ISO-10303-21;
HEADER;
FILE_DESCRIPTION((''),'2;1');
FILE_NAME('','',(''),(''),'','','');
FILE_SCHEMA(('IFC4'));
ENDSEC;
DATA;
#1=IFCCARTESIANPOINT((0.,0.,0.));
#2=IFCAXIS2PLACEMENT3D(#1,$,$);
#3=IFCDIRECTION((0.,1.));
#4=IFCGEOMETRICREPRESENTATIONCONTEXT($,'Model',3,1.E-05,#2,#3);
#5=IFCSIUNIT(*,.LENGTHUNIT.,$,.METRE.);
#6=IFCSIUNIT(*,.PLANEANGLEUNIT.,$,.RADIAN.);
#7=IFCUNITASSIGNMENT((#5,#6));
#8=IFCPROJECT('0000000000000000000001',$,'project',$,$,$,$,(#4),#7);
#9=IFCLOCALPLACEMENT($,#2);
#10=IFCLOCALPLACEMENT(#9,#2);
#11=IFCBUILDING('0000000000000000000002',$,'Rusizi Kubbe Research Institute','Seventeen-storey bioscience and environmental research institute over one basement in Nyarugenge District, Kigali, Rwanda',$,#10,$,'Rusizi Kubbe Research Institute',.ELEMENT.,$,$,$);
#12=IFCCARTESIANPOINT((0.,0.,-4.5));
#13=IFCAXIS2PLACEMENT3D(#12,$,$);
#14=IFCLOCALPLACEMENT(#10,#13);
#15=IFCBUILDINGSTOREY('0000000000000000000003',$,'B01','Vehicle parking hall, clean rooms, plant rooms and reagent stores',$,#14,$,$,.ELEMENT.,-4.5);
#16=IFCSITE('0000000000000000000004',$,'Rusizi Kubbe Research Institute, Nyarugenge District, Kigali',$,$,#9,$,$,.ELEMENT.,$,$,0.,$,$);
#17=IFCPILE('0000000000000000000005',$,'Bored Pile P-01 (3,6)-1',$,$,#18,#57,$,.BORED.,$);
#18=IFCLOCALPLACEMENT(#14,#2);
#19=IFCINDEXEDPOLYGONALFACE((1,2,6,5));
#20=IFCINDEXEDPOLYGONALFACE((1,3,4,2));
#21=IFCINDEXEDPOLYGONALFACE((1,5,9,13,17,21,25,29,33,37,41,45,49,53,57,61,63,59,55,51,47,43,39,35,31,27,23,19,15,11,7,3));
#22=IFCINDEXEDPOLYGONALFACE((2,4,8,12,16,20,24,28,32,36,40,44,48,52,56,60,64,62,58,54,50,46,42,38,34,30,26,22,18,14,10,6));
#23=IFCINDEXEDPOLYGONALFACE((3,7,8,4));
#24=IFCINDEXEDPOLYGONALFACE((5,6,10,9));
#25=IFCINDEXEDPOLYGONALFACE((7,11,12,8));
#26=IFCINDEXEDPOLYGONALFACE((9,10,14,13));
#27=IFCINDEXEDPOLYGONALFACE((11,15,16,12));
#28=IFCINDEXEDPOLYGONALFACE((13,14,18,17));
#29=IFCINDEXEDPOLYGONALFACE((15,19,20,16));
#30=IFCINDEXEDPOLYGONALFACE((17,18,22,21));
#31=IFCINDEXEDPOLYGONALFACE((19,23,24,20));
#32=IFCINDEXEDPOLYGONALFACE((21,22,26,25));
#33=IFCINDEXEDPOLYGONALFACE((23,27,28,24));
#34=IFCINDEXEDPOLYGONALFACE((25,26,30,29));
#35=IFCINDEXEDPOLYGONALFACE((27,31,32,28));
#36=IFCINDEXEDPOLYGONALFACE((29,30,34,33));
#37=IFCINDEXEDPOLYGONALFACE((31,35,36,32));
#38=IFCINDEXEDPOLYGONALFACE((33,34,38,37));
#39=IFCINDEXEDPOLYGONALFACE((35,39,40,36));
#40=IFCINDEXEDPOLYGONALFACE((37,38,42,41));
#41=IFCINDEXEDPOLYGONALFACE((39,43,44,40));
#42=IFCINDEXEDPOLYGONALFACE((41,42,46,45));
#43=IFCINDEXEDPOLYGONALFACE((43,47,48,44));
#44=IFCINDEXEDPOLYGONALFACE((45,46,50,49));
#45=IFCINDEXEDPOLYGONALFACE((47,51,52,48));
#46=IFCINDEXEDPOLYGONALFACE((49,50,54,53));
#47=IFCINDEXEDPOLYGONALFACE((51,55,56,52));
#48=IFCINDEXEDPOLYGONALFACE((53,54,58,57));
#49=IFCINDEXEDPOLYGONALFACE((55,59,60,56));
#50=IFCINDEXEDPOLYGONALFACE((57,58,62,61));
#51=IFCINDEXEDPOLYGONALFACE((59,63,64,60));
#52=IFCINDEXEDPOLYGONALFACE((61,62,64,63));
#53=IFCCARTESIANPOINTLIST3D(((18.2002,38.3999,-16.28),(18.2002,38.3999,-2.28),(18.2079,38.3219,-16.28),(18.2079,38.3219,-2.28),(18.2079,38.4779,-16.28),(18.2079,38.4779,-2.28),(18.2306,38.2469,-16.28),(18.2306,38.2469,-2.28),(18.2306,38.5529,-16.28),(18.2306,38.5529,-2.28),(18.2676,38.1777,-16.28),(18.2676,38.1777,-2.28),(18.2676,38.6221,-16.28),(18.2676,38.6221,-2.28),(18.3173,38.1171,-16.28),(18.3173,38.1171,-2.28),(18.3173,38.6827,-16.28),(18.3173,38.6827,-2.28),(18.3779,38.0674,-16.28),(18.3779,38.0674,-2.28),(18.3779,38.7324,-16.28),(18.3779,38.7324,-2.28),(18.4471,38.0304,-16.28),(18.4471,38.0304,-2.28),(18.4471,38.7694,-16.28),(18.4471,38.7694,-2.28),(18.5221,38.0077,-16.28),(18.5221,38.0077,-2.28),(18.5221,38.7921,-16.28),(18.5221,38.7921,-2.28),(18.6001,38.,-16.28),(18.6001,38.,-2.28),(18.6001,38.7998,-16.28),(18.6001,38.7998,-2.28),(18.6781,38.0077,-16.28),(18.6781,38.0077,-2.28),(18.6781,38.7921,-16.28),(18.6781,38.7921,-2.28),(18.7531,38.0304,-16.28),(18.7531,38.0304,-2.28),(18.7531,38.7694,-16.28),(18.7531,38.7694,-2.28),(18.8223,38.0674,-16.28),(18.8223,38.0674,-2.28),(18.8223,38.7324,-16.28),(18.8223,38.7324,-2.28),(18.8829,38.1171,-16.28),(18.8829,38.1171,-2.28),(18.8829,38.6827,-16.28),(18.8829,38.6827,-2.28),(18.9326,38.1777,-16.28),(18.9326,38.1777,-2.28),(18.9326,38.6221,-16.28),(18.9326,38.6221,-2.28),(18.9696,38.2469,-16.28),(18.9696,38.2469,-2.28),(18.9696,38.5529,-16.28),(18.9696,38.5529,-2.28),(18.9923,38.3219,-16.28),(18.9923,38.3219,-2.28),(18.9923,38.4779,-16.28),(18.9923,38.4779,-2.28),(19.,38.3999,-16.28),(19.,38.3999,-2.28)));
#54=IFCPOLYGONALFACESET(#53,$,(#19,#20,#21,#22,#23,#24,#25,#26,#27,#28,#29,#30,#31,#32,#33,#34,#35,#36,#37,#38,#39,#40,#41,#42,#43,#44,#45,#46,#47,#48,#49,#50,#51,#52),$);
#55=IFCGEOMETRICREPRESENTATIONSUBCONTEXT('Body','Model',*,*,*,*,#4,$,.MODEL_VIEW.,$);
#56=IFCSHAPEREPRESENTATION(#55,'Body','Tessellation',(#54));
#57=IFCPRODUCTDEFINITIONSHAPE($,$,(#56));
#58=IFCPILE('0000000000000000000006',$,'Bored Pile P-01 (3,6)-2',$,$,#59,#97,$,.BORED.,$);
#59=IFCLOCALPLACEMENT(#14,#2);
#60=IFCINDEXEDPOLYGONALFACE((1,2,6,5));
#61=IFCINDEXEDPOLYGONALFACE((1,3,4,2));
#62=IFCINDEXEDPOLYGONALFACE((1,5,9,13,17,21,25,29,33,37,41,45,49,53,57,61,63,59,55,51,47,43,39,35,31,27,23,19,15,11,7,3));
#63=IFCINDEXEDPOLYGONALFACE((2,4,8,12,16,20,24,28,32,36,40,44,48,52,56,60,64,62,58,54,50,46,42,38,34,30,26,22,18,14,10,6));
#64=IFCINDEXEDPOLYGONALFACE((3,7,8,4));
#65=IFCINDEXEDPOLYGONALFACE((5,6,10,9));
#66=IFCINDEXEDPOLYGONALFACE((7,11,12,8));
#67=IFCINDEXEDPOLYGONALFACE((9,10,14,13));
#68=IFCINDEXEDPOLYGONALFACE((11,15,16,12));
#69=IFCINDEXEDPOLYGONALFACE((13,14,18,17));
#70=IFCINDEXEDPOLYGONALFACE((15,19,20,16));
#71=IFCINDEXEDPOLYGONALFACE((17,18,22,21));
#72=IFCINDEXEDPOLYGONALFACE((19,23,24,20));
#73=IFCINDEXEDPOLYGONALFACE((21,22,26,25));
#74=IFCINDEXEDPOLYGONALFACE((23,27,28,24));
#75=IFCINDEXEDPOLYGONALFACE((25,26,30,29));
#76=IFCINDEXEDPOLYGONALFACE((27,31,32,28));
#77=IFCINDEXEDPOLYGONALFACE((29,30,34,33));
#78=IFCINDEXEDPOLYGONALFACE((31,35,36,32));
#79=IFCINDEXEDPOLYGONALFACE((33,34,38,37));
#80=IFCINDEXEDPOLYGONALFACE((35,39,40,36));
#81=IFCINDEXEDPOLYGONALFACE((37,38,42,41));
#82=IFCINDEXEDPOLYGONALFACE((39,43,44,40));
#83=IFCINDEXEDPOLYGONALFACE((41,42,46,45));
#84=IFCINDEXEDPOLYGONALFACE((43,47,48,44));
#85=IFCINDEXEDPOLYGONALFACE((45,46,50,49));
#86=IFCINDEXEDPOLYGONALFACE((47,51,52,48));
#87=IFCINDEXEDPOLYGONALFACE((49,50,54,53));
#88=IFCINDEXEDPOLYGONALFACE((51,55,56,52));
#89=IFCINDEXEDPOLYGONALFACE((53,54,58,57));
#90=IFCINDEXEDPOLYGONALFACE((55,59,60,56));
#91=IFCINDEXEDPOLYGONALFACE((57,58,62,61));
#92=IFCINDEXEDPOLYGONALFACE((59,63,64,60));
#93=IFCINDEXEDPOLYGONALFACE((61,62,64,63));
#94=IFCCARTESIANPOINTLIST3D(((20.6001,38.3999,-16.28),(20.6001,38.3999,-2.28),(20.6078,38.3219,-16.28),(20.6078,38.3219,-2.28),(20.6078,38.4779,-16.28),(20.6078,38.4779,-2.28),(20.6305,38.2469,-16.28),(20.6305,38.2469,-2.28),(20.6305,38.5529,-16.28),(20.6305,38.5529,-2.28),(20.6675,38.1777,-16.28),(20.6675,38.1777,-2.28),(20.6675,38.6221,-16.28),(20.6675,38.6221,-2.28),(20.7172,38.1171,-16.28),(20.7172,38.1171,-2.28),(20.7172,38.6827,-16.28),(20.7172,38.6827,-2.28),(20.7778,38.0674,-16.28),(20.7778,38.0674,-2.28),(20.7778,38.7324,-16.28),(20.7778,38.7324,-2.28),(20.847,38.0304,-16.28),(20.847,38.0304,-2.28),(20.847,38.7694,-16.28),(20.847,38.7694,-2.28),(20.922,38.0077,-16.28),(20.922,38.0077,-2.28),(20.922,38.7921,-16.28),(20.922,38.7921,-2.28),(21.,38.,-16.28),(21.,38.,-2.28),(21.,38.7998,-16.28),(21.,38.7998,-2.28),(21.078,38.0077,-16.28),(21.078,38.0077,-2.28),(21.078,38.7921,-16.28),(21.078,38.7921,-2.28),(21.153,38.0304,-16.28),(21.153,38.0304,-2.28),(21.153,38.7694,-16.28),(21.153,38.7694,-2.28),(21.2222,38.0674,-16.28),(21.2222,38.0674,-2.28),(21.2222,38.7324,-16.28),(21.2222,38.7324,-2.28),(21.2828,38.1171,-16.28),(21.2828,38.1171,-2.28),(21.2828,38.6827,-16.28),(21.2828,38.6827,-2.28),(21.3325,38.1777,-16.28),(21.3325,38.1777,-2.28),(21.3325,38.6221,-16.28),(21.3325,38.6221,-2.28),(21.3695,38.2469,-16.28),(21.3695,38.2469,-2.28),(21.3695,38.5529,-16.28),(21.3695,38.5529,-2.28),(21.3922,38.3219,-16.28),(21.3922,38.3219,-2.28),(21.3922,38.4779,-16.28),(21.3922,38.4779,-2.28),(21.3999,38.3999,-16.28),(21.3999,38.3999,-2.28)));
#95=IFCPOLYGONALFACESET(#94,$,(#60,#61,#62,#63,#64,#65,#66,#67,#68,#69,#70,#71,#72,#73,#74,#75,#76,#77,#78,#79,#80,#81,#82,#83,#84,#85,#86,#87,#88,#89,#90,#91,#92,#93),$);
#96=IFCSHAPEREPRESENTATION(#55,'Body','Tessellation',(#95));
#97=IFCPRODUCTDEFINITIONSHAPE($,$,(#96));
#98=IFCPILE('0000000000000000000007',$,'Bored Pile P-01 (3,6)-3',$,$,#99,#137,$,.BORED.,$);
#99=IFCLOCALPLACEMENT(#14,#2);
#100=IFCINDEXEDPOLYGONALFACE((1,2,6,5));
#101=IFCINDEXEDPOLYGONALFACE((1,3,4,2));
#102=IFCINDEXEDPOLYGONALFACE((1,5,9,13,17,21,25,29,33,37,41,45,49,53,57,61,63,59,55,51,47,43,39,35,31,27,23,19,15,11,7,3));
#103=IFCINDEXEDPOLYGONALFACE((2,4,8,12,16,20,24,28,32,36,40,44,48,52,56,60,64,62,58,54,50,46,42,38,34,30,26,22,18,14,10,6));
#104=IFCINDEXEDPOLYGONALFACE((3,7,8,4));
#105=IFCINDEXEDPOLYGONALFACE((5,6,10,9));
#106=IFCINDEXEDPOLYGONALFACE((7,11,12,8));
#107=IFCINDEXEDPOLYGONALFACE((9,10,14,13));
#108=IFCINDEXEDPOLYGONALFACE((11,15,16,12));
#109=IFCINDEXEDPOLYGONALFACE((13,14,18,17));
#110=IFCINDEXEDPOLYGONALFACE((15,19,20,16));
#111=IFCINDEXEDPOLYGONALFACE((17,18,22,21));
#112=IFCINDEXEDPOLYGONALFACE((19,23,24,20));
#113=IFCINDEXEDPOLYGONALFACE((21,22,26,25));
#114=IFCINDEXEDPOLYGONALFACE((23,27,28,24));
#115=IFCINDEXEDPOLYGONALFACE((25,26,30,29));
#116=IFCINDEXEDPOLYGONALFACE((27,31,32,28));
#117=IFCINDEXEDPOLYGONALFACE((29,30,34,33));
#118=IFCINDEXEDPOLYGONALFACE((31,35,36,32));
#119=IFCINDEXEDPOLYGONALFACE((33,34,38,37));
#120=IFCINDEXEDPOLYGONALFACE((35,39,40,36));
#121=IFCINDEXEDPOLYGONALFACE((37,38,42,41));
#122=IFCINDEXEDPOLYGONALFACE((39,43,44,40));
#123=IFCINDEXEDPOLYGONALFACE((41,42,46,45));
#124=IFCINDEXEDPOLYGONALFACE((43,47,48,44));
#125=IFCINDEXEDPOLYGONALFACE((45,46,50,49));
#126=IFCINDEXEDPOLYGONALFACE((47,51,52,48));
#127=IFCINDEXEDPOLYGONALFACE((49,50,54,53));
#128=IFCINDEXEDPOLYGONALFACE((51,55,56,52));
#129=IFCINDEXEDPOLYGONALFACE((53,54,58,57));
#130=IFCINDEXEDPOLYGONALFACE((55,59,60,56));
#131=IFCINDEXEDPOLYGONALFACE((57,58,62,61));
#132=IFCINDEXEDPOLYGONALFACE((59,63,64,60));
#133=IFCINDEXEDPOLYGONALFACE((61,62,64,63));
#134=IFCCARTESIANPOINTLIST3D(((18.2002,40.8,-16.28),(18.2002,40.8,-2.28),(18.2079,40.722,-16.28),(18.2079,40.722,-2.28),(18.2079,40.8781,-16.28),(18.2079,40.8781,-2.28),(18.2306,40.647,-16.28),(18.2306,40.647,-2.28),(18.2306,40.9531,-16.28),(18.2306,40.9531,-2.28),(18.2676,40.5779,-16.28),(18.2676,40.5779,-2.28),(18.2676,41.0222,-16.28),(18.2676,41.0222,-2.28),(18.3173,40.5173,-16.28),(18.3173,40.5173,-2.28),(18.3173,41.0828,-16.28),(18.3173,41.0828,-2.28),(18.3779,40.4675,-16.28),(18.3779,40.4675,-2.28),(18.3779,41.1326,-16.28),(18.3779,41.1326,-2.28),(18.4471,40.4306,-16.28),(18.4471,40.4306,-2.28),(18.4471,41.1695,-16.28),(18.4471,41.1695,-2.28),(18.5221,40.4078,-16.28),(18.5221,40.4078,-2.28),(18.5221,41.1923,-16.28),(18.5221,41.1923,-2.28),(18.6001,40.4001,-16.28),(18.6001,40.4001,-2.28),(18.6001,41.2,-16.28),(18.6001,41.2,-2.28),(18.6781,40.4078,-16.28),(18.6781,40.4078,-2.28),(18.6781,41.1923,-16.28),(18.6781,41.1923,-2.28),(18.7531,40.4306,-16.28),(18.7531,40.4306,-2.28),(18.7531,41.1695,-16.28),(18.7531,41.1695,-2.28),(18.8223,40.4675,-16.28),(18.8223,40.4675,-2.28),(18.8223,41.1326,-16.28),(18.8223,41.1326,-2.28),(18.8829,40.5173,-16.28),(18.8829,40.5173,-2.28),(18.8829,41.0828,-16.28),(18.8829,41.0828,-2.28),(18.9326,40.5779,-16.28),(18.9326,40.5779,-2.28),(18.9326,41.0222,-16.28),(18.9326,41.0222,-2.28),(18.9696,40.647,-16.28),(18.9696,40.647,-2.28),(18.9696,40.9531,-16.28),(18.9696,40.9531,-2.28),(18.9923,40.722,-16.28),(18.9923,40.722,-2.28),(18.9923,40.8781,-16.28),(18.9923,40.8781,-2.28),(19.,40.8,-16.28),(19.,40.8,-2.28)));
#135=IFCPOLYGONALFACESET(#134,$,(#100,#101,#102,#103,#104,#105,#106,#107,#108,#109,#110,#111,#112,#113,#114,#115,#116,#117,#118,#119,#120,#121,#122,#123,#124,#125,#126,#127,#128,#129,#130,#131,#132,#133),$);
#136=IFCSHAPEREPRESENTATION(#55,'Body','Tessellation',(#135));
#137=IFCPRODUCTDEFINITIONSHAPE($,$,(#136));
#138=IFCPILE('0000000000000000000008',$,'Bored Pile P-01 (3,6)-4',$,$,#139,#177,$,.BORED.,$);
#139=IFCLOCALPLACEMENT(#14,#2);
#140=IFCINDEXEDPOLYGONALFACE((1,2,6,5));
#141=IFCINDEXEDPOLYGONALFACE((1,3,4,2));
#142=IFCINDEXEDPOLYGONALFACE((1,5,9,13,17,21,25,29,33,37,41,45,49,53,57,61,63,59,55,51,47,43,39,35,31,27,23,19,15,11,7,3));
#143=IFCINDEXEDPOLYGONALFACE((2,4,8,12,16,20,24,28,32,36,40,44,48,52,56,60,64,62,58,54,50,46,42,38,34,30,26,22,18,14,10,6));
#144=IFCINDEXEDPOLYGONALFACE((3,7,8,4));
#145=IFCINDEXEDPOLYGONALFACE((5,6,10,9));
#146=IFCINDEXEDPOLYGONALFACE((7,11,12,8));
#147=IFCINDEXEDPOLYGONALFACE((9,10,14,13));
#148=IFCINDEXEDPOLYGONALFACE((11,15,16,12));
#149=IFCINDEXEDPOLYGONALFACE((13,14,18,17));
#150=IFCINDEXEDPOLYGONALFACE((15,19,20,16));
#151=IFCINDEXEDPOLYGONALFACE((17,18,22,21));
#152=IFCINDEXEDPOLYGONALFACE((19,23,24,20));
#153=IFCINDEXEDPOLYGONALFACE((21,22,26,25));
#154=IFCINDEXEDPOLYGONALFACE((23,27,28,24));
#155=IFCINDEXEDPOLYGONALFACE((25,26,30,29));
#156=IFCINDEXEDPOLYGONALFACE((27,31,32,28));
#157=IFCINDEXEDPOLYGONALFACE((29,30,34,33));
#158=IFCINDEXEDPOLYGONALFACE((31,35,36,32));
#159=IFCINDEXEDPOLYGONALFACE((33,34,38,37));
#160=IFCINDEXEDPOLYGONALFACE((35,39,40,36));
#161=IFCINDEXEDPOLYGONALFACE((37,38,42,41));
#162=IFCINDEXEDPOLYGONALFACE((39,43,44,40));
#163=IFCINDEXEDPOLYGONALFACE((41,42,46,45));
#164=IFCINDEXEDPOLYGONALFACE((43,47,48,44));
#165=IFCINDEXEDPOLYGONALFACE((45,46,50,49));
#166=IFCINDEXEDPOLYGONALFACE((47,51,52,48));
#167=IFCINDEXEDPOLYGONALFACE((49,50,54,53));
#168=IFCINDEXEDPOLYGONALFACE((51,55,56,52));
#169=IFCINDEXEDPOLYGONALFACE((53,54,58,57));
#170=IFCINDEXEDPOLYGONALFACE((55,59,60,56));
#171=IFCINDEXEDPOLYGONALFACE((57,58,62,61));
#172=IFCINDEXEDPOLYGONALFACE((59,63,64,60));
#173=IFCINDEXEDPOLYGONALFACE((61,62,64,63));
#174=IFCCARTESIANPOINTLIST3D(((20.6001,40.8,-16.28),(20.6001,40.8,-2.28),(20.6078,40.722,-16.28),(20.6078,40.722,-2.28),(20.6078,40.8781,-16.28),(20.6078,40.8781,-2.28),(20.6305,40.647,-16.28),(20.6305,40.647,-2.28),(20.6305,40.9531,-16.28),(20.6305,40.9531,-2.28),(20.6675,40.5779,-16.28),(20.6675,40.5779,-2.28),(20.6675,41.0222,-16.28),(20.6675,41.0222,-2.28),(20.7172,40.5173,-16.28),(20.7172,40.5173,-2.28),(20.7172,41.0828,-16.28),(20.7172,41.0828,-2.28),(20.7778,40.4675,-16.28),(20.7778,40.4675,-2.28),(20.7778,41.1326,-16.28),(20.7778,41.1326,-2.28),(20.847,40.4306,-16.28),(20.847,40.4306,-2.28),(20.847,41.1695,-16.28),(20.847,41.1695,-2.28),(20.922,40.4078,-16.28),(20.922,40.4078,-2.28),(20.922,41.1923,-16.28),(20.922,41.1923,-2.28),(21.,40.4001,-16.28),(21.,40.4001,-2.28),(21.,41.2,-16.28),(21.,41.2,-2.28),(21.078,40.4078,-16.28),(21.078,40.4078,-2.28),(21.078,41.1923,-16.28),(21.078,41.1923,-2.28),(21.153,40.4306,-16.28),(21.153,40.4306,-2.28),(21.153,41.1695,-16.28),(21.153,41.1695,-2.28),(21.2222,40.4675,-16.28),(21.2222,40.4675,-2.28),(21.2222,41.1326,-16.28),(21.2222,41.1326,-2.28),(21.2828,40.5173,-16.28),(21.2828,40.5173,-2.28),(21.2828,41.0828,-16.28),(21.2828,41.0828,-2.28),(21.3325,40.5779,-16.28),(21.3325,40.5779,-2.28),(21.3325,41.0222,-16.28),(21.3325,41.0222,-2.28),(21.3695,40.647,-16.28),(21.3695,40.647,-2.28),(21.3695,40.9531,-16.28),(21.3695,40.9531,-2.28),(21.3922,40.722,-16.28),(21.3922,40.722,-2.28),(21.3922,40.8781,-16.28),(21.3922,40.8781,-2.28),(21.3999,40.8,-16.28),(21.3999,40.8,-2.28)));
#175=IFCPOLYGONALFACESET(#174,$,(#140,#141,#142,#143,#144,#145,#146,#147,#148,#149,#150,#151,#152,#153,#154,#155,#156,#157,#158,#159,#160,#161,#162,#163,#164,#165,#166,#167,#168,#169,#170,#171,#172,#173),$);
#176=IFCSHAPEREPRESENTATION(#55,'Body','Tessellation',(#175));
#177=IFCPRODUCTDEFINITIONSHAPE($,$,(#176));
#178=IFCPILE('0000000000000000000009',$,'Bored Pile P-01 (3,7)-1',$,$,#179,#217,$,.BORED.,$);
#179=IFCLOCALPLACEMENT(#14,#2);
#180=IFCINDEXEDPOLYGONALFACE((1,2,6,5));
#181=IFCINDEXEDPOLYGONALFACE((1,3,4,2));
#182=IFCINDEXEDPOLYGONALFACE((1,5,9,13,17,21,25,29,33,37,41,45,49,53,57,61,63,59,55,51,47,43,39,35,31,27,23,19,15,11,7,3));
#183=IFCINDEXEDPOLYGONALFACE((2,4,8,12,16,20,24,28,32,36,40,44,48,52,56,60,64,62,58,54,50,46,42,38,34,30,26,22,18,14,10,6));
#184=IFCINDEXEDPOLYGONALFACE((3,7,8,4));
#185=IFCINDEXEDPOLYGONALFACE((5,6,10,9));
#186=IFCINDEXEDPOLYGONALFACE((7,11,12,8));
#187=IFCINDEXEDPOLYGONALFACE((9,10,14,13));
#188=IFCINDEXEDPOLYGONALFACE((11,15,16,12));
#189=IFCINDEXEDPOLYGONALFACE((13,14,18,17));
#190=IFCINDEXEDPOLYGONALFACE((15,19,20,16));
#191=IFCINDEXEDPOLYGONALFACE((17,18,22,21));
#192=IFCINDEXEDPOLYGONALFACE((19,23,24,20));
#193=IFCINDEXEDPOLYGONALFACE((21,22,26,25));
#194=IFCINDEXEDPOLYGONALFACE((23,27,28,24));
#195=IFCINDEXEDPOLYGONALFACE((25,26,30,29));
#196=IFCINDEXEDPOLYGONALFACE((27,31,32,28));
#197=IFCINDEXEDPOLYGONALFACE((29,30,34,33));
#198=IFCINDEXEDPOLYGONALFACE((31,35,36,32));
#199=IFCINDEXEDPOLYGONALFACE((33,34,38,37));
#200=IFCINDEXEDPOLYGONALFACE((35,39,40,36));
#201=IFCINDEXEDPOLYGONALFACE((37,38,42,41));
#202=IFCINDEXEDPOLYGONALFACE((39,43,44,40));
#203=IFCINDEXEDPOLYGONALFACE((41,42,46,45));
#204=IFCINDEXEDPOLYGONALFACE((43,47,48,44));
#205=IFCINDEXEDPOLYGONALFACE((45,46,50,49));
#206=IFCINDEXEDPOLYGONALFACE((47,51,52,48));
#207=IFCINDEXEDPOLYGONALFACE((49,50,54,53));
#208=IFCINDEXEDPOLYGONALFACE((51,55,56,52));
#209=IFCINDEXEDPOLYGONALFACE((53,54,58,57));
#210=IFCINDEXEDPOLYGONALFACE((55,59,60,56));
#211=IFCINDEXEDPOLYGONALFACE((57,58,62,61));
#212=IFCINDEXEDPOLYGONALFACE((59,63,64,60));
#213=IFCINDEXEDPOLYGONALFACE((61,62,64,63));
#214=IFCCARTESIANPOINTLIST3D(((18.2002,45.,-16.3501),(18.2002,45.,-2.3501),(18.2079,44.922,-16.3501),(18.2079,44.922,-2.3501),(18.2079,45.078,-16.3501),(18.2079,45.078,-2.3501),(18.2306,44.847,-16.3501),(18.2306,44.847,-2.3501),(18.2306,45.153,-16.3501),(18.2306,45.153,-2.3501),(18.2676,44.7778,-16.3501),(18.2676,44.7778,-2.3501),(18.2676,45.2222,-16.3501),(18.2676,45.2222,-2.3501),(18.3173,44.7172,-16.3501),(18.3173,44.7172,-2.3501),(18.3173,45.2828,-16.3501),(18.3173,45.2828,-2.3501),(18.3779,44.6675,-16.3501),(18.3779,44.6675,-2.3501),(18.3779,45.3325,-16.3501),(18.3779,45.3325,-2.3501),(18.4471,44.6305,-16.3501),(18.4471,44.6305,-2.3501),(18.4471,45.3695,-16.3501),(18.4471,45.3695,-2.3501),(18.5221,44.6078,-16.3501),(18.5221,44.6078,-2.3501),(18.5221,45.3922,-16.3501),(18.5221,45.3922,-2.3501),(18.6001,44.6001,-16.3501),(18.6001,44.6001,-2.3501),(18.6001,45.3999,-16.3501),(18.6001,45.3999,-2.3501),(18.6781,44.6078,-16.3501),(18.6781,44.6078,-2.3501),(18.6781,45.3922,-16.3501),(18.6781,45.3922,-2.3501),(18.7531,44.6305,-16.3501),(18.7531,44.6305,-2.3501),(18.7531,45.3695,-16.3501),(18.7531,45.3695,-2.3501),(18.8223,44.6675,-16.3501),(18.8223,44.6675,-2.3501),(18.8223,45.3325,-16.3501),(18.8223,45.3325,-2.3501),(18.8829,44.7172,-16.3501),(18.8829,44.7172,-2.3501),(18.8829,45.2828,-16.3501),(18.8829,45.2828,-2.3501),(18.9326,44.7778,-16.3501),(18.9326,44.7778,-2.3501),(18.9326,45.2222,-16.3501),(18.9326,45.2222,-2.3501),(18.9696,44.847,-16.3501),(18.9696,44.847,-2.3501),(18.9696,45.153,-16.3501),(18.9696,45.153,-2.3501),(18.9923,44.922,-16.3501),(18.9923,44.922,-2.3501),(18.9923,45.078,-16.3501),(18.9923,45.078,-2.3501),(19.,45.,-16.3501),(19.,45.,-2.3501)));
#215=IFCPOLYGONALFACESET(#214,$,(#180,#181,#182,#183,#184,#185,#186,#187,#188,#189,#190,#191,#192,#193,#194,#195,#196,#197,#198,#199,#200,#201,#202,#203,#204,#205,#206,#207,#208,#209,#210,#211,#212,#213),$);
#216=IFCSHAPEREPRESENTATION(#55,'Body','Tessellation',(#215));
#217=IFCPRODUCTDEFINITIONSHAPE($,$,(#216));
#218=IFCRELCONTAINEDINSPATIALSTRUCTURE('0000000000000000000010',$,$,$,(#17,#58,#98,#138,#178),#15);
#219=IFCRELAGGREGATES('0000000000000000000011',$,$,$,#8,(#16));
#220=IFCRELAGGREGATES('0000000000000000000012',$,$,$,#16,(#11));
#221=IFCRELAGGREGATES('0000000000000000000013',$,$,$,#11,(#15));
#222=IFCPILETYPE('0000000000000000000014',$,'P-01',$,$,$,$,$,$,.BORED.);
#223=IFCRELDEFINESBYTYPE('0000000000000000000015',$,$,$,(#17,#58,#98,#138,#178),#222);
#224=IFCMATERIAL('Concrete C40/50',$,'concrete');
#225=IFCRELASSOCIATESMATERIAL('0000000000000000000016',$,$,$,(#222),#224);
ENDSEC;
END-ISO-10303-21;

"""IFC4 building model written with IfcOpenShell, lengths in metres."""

from ifc_helpers import new_model, si_unit, direction, frame, origin, origin_2d, place, context, subcontext, project, spatial, circle, extrude, material, material_profile, profile_set, type_object, element, save


model = new_model("IFC4")

# Units and contexts
model_context = context("Model", 3, precision=1e-05, world=origin(), true_north=direction((0.0, 1.0)))
body_context = subcontext(model_context, "Body", "Model", "MODEL_VIEW")
ifc_project = project(units=[si_unit("LENGTHUNIT", "METRE"), si_unit("PLANEANGLEUNIT", "RADIAN")], contexts=[model_context])

# Site, building, storey
site_placement = place(None, origin())
site = spatial("IfcSite", under=ifc_project, at=site_placement, Name="Rusizi Kubbe Research Institute, Nyarugenge District, Kigali", CompositionType="ELEMENT", RefElevation=0.0)
building_placement = place(site_placement, origin())
building = spatial("IfcBuilding", under=site, at=building_placement, Name="Rusizi Kubbe Research Institute", Description="Seventeen-storey bioscience and environmental research institute over one basement in Nyarugenge District, Kigali, Rwanda", LongName="Rusizi Kubbe Research Institute", CompositionType="ELEMENT")
storey_placement = place(building_placement, frame((0.0, 0.0, -4.5)))
storey = spatial("IfcBuildingStorey", under=building, at=storey_placement, Name="B01", Description="Vehicle parking hall, clean rooms, plant rooms and reagent stores", CompositionType="ELEMENT", Elevation=-4.5)

# Piles
ifc_material_1 = material(Name="Concrete C40/50", Category="concrete")
ifc_material_profile_1 = material_profile(ifc_material_1, circle(Radius=0.3999, at=origin_2d()), Name="PILE-D800")
ifc_profile_set_1 = profile_set([ifc_material_profile_1], Name="Concrete C40/50")
pile_type_1 = type_object("IfcPileType", Name="P-01", PredefinedType="BORED", material=ifc_profile_set_1)
for number, where, z_axis, x_axis, name in (
    (1, (18.6001, 38.3999, -2.28), (0.0, 0.0, -1.0), (1.0, 0.0, 0.0), "Bored Pile P-01 (3,6)-1"),
    (2, (21.0, 38.3999, -2.28), (0.0, 0.0, -1.0), (1.0, 0.0, 0.0), "Bored Pile P-01 (3,6)-2"),
    (3, (18.6001, 40.8, -2.28), (0.0, 0.0, -1.0), (1.0, 0.0, 0.0), "Bored Pile P-01 (3,6)-3"),
    (4, (21.0, 40.8, -2.28), (0.0, 0.0, -1.0), (1.0, 0.0, 0.0), "Bored Pile P-01 (3,6)-4"),
    (5, (18.6001, 45.0, -2.3501), (0.0, 0.0, -1.0), (1.0, 0.0, 0.0), "Bored Pile P-01 (3,7)-1"),
):
    element("IfcPile", number, at=place(storey_placement, frame(where, z_axis=z_axis, x_axis=x_axis)), inside=storey, type_object=pile_type_1, Name=name, PredefinedType="BORED", context=body_context, shape_type="SweptSolid", body=[
        extrude(circle(Radius=0.3999, at=origin_2d()), origin(), (0.0, 0.0, 1.0), 14.0),
    ])

save(model, "model.ifc")
